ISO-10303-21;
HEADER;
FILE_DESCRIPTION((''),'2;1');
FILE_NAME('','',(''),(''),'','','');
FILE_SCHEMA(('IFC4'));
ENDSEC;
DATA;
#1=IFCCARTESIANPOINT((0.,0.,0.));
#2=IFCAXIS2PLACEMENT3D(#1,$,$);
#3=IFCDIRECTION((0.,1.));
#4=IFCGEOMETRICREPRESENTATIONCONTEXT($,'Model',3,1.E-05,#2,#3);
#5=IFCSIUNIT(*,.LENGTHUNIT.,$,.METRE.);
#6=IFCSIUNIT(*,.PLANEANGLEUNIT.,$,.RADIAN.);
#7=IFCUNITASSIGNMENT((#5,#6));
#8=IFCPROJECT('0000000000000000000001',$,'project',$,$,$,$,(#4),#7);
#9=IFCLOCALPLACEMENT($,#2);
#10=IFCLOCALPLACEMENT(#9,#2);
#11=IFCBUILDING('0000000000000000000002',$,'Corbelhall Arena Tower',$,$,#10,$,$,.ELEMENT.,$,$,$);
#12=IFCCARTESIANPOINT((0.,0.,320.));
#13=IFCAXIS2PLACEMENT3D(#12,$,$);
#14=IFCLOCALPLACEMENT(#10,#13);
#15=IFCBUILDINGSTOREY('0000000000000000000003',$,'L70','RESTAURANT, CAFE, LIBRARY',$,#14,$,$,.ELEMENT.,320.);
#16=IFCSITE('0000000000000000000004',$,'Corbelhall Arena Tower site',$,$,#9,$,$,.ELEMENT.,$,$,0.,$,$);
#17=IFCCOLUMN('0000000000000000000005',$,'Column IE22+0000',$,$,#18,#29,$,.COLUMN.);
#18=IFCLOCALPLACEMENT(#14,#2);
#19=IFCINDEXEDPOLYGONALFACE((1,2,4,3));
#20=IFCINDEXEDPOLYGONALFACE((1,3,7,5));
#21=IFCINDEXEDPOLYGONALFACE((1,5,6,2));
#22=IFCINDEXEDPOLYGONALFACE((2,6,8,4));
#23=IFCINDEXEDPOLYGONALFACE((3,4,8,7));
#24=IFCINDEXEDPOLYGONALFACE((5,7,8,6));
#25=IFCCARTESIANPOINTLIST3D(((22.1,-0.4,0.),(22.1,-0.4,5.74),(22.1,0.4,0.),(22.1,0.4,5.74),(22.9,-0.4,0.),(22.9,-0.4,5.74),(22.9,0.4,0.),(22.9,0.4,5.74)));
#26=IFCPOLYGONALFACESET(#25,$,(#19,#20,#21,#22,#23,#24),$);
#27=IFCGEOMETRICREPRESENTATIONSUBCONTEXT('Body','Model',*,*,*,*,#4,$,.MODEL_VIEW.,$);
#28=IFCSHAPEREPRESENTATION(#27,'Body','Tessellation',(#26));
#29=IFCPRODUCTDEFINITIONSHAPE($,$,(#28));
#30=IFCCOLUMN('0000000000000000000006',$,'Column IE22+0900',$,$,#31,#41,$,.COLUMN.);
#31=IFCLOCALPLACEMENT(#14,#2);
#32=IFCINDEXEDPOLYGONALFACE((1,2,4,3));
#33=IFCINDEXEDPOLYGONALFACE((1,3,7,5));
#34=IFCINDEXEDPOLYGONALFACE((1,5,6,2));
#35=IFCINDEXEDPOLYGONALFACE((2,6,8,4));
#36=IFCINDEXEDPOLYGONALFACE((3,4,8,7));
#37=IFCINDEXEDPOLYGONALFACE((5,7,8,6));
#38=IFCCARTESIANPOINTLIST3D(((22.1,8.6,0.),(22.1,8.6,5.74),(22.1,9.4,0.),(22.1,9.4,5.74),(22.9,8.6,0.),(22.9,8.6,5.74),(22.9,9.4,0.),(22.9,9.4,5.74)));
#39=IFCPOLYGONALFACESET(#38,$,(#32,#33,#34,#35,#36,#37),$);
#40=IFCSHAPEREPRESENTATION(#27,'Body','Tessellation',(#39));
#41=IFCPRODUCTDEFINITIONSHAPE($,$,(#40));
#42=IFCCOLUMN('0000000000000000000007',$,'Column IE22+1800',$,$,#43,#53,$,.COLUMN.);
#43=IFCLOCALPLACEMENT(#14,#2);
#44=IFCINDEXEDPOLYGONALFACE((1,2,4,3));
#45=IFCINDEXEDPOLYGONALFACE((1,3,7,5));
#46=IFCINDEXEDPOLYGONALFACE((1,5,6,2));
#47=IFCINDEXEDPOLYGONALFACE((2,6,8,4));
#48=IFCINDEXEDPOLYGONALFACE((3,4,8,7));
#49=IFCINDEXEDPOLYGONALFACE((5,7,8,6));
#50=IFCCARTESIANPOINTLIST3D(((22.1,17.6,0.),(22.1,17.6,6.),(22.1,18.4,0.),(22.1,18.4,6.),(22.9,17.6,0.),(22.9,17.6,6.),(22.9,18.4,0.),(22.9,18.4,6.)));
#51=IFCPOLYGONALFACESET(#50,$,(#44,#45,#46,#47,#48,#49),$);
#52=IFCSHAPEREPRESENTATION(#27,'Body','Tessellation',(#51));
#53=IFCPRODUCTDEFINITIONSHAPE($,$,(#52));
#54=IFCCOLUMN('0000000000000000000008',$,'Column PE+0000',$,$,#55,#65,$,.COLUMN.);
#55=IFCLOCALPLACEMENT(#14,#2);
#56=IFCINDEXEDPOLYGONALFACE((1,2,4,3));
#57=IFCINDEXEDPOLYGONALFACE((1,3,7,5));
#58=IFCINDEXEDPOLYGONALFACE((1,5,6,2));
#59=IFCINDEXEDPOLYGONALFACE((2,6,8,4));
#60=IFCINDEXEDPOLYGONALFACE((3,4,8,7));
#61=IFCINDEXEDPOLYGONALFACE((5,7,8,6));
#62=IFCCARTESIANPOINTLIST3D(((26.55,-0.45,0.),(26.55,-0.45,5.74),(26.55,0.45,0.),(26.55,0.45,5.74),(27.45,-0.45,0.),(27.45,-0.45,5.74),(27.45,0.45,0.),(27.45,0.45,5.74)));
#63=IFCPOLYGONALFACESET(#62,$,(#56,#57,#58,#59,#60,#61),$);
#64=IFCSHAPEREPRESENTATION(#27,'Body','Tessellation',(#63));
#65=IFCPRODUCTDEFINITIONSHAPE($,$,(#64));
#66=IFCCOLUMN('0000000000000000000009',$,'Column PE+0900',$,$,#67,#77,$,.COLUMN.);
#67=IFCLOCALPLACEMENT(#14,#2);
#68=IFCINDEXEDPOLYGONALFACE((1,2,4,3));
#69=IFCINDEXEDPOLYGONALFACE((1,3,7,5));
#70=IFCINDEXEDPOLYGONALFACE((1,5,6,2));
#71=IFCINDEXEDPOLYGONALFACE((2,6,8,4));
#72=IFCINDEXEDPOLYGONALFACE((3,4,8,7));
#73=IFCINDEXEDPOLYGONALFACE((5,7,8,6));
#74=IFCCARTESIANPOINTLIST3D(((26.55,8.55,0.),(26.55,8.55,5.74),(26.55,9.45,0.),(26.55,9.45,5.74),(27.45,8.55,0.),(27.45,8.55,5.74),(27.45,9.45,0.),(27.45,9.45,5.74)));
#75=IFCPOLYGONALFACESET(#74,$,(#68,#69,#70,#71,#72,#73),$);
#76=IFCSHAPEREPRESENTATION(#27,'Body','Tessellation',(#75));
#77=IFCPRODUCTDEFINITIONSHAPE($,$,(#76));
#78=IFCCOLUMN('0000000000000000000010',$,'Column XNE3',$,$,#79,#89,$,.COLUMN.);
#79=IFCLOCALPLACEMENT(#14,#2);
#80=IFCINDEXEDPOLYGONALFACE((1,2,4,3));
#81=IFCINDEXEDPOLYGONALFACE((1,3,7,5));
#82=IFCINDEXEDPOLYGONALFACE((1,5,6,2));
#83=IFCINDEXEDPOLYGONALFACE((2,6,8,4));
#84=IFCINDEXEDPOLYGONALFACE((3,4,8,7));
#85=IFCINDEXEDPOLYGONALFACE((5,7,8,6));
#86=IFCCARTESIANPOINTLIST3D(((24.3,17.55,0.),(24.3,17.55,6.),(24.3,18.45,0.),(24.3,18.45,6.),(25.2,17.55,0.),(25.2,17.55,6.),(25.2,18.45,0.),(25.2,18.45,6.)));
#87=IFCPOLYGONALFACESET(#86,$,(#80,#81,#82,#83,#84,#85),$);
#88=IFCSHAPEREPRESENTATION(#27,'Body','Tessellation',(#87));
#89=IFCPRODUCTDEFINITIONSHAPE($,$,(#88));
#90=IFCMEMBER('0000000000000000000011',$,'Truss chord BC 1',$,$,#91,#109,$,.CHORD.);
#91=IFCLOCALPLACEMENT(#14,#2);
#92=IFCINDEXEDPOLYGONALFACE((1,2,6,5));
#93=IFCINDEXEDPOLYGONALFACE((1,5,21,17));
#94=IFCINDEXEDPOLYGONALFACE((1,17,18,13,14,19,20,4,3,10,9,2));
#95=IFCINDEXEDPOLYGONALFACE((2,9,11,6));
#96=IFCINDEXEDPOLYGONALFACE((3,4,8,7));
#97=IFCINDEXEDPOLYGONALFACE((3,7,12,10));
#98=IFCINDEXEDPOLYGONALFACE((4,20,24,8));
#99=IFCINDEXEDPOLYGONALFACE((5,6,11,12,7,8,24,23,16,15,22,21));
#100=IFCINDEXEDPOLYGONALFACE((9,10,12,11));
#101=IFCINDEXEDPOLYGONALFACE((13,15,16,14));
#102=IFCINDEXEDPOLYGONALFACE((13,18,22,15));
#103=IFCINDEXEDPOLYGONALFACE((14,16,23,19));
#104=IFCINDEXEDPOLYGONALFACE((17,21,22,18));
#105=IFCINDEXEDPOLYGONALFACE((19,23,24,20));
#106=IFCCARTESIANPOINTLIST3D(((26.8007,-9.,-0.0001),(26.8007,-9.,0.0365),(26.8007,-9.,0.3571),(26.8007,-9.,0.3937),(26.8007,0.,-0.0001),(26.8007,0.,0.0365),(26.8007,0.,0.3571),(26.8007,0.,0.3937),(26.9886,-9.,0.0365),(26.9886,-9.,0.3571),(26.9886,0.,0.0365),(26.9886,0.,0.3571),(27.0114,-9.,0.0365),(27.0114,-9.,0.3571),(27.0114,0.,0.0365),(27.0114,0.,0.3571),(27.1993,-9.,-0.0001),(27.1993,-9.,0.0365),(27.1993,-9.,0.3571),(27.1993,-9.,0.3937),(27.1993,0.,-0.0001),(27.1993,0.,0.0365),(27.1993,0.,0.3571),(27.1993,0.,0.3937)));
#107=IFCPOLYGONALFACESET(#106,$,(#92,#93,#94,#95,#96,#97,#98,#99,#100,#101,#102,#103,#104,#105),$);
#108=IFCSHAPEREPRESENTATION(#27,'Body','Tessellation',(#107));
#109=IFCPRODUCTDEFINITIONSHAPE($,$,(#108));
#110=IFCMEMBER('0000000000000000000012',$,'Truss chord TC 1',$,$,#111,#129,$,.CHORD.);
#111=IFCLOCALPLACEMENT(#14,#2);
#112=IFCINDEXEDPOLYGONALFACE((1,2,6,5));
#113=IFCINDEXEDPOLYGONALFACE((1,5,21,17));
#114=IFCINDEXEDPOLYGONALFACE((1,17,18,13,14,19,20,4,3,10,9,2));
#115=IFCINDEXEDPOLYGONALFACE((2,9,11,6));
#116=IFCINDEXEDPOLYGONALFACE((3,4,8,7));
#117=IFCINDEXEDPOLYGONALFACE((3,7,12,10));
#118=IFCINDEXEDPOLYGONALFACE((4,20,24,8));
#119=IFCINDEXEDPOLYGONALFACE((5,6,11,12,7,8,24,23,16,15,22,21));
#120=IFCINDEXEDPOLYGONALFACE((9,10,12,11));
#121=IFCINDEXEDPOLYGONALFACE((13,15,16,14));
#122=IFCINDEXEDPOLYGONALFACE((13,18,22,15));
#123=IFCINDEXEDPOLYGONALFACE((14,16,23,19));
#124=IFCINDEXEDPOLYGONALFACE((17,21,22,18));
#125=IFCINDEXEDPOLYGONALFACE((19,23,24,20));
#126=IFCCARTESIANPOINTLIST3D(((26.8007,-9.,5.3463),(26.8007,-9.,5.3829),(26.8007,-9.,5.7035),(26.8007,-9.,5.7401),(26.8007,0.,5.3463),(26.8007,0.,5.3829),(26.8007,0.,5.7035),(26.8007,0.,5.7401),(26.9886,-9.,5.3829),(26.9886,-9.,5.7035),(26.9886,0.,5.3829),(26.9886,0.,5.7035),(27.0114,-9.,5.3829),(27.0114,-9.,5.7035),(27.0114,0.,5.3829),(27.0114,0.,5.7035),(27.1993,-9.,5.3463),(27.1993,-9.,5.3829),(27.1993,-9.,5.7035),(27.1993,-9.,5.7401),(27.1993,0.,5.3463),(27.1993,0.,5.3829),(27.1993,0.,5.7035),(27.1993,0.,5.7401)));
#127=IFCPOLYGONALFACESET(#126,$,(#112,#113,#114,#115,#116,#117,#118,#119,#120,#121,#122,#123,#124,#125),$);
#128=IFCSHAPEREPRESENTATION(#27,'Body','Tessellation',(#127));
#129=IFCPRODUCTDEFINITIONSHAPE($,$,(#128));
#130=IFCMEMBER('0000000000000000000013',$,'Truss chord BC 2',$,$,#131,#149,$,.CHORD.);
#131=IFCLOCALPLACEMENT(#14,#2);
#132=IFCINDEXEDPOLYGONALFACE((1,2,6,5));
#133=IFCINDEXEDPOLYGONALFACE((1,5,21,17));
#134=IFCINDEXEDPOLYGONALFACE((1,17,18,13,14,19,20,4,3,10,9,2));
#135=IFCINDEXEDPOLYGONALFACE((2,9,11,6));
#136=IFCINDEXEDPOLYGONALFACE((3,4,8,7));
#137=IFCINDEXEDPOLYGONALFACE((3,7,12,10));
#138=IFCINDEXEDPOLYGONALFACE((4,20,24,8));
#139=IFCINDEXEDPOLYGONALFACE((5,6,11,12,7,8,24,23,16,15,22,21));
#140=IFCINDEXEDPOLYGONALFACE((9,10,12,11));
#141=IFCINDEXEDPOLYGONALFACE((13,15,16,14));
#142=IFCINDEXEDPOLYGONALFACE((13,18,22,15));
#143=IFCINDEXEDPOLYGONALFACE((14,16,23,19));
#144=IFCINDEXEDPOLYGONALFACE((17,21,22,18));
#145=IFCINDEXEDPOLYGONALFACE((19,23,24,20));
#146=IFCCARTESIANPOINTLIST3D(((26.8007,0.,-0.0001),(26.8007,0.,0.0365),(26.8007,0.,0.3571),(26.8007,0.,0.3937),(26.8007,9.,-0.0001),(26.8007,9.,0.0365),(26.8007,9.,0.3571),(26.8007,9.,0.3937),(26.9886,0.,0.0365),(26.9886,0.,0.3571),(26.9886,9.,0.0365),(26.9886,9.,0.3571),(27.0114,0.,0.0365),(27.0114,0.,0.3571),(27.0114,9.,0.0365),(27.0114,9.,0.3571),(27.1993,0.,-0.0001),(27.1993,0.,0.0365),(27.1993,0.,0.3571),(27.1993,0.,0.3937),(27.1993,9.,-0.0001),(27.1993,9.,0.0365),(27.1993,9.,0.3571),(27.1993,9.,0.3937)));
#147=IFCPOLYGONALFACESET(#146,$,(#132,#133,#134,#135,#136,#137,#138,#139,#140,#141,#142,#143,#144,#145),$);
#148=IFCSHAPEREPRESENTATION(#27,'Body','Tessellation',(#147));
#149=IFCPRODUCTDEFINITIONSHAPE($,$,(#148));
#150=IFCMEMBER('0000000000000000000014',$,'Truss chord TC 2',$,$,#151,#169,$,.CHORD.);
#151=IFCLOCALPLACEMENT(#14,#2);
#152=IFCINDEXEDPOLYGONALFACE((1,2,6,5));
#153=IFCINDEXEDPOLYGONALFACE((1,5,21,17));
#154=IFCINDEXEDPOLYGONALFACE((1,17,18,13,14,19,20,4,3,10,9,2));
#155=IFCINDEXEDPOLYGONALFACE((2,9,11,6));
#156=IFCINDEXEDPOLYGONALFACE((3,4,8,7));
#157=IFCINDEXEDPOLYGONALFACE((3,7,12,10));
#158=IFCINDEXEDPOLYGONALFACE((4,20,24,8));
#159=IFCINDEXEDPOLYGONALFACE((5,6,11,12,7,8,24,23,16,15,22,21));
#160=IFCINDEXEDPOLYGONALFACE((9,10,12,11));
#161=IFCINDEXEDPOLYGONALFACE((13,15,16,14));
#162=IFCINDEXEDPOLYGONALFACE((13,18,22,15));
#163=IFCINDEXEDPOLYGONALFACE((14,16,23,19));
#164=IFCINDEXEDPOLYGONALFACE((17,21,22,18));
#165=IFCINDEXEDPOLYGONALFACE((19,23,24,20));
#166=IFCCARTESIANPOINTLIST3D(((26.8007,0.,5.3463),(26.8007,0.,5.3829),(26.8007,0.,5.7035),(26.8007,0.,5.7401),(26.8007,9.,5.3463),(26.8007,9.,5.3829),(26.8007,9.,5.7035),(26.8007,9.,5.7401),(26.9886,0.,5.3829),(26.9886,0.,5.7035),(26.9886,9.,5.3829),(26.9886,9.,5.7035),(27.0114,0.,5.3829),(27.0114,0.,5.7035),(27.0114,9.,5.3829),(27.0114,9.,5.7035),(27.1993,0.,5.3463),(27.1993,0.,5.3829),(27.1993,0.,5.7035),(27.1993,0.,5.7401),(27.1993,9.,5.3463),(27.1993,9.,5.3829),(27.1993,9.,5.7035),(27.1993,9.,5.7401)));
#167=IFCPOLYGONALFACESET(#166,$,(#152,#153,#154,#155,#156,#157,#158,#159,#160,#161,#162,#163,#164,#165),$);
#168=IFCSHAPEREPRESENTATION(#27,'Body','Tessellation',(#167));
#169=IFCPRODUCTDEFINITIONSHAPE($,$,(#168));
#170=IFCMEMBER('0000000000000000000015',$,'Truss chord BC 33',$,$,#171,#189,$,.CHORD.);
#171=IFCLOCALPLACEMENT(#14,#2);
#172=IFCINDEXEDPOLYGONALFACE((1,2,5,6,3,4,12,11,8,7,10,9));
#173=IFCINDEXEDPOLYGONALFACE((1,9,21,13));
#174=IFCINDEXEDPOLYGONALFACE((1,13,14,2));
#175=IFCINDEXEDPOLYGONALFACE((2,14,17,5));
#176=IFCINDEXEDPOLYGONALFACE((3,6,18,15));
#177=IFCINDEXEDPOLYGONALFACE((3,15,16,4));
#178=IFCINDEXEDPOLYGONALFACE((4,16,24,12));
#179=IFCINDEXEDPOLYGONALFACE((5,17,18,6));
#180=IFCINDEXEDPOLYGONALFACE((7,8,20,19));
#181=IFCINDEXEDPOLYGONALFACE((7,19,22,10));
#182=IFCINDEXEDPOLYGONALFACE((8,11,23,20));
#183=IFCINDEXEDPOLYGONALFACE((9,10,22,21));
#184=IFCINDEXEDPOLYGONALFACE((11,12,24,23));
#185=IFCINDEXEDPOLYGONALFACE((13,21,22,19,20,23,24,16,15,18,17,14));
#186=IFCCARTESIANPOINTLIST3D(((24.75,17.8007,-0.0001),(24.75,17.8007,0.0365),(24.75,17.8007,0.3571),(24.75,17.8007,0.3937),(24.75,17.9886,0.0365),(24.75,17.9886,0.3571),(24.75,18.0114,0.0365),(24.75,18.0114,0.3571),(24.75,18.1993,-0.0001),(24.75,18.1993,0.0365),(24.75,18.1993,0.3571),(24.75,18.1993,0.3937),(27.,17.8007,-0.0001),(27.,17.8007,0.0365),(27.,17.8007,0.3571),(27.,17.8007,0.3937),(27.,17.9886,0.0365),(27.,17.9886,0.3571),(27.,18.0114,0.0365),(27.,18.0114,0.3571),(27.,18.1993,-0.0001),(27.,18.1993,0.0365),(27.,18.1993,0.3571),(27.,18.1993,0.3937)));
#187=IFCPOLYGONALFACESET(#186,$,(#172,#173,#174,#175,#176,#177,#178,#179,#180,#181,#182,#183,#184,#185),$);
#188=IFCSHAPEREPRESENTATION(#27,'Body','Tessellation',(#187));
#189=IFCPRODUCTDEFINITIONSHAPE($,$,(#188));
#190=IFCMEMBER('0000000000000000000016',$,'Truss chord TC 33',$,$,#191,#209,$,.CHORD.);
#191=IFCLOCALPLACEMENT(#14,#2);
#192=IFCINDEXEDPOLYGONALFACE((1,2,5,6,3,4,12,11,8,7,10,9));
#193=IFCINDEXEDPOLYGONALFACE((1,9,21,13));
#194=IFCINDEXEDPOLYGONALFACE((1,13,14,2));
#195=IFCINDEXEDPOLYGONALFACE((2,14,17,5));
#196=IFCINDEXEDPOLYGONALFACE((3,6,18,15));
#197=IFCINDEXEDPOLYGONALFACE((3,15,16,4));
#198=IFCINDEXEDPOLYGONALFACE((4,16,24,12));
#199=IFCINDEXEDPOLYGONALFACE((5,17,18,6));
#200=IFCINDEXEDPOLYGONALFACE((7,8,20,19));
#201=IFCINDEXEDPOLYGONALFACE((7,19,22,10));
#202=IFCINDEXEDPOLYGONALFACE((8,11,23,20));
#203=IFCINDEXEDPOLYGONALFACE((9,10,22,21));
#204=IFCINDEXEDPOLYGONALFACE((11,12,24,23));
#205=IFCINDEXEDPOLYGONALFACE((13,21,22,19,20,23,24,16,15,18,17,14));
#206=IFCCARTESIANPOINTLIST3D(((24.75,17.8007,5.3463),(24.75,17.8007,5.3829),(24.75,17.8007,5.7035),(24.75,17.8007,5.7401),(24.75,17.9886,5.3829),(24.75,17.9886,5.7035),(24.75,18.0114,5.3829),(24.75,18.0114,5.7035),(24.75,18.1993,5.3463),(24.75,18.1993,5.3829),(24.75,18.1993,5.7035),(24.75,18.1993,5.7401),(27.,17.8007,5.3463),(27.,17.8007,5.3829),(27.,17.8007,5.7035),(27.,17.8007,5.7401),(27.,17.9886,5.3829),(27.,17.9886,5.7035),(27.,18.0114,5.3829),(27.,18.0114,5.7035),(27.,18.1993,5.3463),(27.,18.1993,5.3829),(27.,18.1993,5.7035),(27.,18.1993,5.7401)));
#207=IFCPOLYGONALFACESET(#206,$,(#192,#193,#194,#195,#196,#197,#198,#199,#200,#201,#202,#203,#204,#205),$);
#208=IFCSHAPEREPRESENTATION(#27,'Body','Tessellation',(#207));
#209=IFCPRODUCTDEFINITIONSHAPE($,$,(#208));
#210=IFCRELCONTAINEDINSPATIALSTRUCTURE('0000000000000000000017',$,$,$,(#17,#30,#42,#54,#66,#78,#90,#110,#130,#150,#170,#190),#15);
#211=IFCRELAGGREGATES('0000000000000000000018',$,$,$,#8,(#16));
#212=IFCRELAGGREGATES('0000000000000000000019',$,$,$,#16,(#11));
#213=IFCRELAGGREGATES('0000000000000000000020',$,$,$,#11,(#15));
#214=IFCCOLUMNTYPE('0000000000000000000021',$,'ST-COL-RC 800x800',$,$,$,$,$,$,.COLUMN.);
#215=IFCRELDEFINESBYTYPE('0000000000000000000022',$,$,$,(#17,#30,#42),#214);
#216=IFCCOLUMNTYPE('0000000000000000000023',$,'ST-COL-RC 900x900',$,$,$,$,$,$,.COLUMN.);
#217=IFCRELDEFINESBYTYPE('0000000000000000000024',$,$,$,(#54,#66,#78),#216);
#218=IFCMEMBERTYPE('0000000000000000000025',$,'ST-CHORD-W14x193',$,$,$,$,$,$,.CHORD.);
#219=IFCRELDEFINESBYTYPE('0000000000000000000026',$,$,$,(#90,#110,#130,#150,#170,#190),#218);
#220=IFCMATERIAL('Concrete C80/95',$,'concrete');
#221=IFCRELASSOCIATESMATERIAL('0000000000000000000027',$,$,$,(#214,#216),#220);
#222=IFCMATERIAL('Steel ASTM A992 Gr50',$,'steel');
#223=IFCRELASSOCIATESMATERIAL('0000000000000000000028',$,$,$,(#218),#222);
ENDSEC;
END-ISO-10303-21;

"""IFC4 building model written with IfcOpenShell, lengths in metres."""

from ifc_helpers import new_model, si_unit, direction, frame, origin, origin_2d, place, context, subcontext, project, spatial, rectangle, i_section, extrude, material, material_profile, profile_set, type_object, element, save


model = new_model("IFC4")

# Units and contexts
model_context = context("Model", 3, precision=1e-05, world=origin(), true_north=direction((0.0, 1.0)))
body_context = subcontext(model_context, "Body", "Model", "MODEL_VIEW")
ifc_project = project(units=[si_unit("LENGTHUNIT", "METRE"), si_unit("PLANEANGLEUNIT", "RADIAN")], contexts=[model_context])

# Site, building, storey
site_placement = place(None, origin())
site = spatial("IfcSite", under=ifc_project, at=site_placement, Name="Corbelhall Arena Tower site", CompositionType="ELEMENT", RefElevation=0.0)
building_placement = place(site_placement, origin())
building = spatial("IfcBuilding", under=site, at=building_placement, Name="Corbelhall Arena Tower", CompositionType="ELEMENT")
storey_placement = place(building_placement, frame((0.0, 0.0, 320.0)))
storey = spatial("IfcBuildingStorey", under=building, at=storey_placement, Name="L70", Description="RESTAURANT, CAFE, LIBRARY", CompositionType="ELEMENT", Elevation=320.0)

# Columns
ifc_material_1 = material(Name="Concrete C80/95", Category="concrete")
ifc_material_profile_1 = material_profile(ifc_material_1, rectangle(XDim=0.8, YDim=0.8, at=origin_2d()))
ifc_profile_set_1 = profile_set([ifc_material_profile_1], Name="Concrete C80/95")
column_type_1 = type_object("IfcColumnType", Name="ST-COL-RC 800x800", PredefinedType="COLUMN", material=ifc_profile_set_1)
for number, where, z_axis, x_axis, name in (
    (1, (22.5, 0.0, 0.0), (0.0, 0.0, 1.0), (1.0, 0.0, 0.0), "Column IE22+0000"),
    (2, (22.5, 9.0, 0.0), (0.0, 0.0, 1.0), (1.0, 0.0, 0.0), "Column IE22+0900"),
):
    element("IfcColumn", number, at=place(storey_placement, frame(where, z_axis=z_axis, x_axis=x_axis)), inside=storey, type_object=column_type_1, Name=name, PredefinedType="COLUMN", context=body_context, shape_type="SweptSolid", body=[
        extrude(rectangle(XDim=0.8, YDim=0.8, at=origin_2d()), origin(), (0.0, 0.0, 1.0), 5.74),
    ])
column_1_placement = place(storey_placement, frame((22.5, 18.0, 0.0), z_axis=(0.0, 0.0, 1.0), x_axis=(1.0, 0.0, 0.0)))
element("IfcColumn", 3, at=column_1_placement, inside=storey, type_object=column_type_1, Name="Column IE22+1800", PredefinedType="COLUMN", context=body_context, shape_type="SweptSolid", body=[
    extrude(rectangle(XDim=0.8, YDim=0.8, at=origin_2d()), origin(), (0.0, 0.0, 1.0), 6.0),
])
ifc_material_profile_2 = material_profile(ifc_material_1, rectangle(XDim=0.8999, YDim=0.8999, at=origin_2d()))
ifc_profile_set_2 = profile_set([ifc_material_profile_2], Name="Concrete C80/95")
column_type_2 = type_object("IfcColumnType", Name="ST-COL-RC 900x900", PredefinedType="COLUMN", material=ifc_profile_set_2)
for number, where, z_axis, x_axis, name in (
    (4, (27.0, 0.0, 0.0), (0.0, 0.0, 1.0), (0.0, 1.0, 0.0), "Column PE+0000"),
    (5, (27.0, 9.0, 0.0), (0.0, 0.0, 1.0), (0.0, 1.0, 0.0), "Column PE+0900"),
):
    element("IfcColumn", number, at=place(storey_placement, frame(where, z_axis=z_axis, x_axis=x_axis)), inside=storey, type_object=column_type_2, Name=name, PredefinedType="COLUMN", context=body_context, shape_type="SweptSolid", body=[
        extrude(rectangle(XDim=0.8999, YDim=0.8999, at=origin_2d()), origin(), (0.0, 0.0, 1.0), 5.74),
    ])
column_2_placement = place(storey_placement, frame((24.75, 18.0, 0.0), z_axis=(0.0, 0.0, 1.0), x_axis=(1.0, 0.0, 0.0)))
element("IfcColumn", 6, at=column_2_placement, inside=storey, type_object=column_type_2, Name="Column XNE3", PredefinedType="COLUMN", context=body_context, shape_type="SweptSolid", body=[
    extrude(rectangle(XDim=0.8999, YDim=0.8999, at=origin_2d()), origin(), (0.0, 0.0, 1.0), 6.0),
])

# Members
ifc_material_2 = material(Name="Steel ASTM A992 Gr50", Category="steel")
ifc_material_profile_3 = material_profile(ifc_material_2, i_section(OverallWidth=0.3987, OverallDepth=0.3938, WebThickness=0.0227, FlangeThickness=0.0366, at=origin_2d()))
ifc_profile_set_3 = profile_set([ifc_material_profile_3], Name="Steel ASTM A992 Gr50")
member_type_1 = type_object("IfcMemberType", Name="ST-CHORD-W14x193", PredefinedType="CHORD", material=ifc_profile_set_3)
for number, where, z_axis, x_axis, name in (
    (7, (27.0, 0.0, 0.1968), (0.0, -1.0, 0.0), (1.0, 0.0, 0.0), "Truss chord BC 1"),
    (8, (27.0, 0.0, 5.5432), (0.0, -1.0, 0.0), (1.0, 0.0, 0.0), "Truss chord TC 1"),
    (9, (27.0, 9.0, 0.1968), (0.0, -1.0, 0.0), (1.0, 0.0, 0.0), "Truss chord BC 2"),
    (10, (27.0, 9.0, 5.5432), (0.0, -1.0, 0.0), (1.0, 0.0, 0.0), "Truss chord TC 2"),
):
    element("IfcMember", number, at=place(storey_placement, frame(where, z_axis=z_axis, x_axis=x_axis)), inside=storey, type_object=member_type_1, Name=name, PredefinedType="CHORD", context=body_context, shape_type="SweptSolid", body=[
        extrude(i_section(OverallWidth=0.3987, OverallDepth=0.3938, WebThickness=0.0227, FlangeThickness=0.0366, at=origin_2d()), origin(), (0.0, 0.0, 1.0), 9.0),
    ])
for number, where, z_axis, x_axis, name in (
    (11, (24.75, 18.0, 0.1968), (1.0, 0.0, 0.0), (0.0, 1.0, 0.0), "Truss chord BC 33"),
    (12, (24.75, 18.0, 5.5432), (1.0, 0.0, 0.0), (0.0, 1.0, 0.0), "Truss chord TC 33"),
):
    element("IfcMember", number, at=place(storey_placement, frame(where, z_axis=z_axis, x_axis=x_axis)), inside=storey, type_object=member_type_1, Name=name, PredefinedType="CHORD", context=body_context, shape_type="SweptSolid", body=[
        extrude(i_section(OverallWidth=0.3987, OverallDepth=0.3938, WebThickness=0.0227, FlangeThickness=0.0366, at=origin_2d()), origin(), (0.0, 0.0, 1.0), 2.25),
    ])

save(model, "model.ifc")
